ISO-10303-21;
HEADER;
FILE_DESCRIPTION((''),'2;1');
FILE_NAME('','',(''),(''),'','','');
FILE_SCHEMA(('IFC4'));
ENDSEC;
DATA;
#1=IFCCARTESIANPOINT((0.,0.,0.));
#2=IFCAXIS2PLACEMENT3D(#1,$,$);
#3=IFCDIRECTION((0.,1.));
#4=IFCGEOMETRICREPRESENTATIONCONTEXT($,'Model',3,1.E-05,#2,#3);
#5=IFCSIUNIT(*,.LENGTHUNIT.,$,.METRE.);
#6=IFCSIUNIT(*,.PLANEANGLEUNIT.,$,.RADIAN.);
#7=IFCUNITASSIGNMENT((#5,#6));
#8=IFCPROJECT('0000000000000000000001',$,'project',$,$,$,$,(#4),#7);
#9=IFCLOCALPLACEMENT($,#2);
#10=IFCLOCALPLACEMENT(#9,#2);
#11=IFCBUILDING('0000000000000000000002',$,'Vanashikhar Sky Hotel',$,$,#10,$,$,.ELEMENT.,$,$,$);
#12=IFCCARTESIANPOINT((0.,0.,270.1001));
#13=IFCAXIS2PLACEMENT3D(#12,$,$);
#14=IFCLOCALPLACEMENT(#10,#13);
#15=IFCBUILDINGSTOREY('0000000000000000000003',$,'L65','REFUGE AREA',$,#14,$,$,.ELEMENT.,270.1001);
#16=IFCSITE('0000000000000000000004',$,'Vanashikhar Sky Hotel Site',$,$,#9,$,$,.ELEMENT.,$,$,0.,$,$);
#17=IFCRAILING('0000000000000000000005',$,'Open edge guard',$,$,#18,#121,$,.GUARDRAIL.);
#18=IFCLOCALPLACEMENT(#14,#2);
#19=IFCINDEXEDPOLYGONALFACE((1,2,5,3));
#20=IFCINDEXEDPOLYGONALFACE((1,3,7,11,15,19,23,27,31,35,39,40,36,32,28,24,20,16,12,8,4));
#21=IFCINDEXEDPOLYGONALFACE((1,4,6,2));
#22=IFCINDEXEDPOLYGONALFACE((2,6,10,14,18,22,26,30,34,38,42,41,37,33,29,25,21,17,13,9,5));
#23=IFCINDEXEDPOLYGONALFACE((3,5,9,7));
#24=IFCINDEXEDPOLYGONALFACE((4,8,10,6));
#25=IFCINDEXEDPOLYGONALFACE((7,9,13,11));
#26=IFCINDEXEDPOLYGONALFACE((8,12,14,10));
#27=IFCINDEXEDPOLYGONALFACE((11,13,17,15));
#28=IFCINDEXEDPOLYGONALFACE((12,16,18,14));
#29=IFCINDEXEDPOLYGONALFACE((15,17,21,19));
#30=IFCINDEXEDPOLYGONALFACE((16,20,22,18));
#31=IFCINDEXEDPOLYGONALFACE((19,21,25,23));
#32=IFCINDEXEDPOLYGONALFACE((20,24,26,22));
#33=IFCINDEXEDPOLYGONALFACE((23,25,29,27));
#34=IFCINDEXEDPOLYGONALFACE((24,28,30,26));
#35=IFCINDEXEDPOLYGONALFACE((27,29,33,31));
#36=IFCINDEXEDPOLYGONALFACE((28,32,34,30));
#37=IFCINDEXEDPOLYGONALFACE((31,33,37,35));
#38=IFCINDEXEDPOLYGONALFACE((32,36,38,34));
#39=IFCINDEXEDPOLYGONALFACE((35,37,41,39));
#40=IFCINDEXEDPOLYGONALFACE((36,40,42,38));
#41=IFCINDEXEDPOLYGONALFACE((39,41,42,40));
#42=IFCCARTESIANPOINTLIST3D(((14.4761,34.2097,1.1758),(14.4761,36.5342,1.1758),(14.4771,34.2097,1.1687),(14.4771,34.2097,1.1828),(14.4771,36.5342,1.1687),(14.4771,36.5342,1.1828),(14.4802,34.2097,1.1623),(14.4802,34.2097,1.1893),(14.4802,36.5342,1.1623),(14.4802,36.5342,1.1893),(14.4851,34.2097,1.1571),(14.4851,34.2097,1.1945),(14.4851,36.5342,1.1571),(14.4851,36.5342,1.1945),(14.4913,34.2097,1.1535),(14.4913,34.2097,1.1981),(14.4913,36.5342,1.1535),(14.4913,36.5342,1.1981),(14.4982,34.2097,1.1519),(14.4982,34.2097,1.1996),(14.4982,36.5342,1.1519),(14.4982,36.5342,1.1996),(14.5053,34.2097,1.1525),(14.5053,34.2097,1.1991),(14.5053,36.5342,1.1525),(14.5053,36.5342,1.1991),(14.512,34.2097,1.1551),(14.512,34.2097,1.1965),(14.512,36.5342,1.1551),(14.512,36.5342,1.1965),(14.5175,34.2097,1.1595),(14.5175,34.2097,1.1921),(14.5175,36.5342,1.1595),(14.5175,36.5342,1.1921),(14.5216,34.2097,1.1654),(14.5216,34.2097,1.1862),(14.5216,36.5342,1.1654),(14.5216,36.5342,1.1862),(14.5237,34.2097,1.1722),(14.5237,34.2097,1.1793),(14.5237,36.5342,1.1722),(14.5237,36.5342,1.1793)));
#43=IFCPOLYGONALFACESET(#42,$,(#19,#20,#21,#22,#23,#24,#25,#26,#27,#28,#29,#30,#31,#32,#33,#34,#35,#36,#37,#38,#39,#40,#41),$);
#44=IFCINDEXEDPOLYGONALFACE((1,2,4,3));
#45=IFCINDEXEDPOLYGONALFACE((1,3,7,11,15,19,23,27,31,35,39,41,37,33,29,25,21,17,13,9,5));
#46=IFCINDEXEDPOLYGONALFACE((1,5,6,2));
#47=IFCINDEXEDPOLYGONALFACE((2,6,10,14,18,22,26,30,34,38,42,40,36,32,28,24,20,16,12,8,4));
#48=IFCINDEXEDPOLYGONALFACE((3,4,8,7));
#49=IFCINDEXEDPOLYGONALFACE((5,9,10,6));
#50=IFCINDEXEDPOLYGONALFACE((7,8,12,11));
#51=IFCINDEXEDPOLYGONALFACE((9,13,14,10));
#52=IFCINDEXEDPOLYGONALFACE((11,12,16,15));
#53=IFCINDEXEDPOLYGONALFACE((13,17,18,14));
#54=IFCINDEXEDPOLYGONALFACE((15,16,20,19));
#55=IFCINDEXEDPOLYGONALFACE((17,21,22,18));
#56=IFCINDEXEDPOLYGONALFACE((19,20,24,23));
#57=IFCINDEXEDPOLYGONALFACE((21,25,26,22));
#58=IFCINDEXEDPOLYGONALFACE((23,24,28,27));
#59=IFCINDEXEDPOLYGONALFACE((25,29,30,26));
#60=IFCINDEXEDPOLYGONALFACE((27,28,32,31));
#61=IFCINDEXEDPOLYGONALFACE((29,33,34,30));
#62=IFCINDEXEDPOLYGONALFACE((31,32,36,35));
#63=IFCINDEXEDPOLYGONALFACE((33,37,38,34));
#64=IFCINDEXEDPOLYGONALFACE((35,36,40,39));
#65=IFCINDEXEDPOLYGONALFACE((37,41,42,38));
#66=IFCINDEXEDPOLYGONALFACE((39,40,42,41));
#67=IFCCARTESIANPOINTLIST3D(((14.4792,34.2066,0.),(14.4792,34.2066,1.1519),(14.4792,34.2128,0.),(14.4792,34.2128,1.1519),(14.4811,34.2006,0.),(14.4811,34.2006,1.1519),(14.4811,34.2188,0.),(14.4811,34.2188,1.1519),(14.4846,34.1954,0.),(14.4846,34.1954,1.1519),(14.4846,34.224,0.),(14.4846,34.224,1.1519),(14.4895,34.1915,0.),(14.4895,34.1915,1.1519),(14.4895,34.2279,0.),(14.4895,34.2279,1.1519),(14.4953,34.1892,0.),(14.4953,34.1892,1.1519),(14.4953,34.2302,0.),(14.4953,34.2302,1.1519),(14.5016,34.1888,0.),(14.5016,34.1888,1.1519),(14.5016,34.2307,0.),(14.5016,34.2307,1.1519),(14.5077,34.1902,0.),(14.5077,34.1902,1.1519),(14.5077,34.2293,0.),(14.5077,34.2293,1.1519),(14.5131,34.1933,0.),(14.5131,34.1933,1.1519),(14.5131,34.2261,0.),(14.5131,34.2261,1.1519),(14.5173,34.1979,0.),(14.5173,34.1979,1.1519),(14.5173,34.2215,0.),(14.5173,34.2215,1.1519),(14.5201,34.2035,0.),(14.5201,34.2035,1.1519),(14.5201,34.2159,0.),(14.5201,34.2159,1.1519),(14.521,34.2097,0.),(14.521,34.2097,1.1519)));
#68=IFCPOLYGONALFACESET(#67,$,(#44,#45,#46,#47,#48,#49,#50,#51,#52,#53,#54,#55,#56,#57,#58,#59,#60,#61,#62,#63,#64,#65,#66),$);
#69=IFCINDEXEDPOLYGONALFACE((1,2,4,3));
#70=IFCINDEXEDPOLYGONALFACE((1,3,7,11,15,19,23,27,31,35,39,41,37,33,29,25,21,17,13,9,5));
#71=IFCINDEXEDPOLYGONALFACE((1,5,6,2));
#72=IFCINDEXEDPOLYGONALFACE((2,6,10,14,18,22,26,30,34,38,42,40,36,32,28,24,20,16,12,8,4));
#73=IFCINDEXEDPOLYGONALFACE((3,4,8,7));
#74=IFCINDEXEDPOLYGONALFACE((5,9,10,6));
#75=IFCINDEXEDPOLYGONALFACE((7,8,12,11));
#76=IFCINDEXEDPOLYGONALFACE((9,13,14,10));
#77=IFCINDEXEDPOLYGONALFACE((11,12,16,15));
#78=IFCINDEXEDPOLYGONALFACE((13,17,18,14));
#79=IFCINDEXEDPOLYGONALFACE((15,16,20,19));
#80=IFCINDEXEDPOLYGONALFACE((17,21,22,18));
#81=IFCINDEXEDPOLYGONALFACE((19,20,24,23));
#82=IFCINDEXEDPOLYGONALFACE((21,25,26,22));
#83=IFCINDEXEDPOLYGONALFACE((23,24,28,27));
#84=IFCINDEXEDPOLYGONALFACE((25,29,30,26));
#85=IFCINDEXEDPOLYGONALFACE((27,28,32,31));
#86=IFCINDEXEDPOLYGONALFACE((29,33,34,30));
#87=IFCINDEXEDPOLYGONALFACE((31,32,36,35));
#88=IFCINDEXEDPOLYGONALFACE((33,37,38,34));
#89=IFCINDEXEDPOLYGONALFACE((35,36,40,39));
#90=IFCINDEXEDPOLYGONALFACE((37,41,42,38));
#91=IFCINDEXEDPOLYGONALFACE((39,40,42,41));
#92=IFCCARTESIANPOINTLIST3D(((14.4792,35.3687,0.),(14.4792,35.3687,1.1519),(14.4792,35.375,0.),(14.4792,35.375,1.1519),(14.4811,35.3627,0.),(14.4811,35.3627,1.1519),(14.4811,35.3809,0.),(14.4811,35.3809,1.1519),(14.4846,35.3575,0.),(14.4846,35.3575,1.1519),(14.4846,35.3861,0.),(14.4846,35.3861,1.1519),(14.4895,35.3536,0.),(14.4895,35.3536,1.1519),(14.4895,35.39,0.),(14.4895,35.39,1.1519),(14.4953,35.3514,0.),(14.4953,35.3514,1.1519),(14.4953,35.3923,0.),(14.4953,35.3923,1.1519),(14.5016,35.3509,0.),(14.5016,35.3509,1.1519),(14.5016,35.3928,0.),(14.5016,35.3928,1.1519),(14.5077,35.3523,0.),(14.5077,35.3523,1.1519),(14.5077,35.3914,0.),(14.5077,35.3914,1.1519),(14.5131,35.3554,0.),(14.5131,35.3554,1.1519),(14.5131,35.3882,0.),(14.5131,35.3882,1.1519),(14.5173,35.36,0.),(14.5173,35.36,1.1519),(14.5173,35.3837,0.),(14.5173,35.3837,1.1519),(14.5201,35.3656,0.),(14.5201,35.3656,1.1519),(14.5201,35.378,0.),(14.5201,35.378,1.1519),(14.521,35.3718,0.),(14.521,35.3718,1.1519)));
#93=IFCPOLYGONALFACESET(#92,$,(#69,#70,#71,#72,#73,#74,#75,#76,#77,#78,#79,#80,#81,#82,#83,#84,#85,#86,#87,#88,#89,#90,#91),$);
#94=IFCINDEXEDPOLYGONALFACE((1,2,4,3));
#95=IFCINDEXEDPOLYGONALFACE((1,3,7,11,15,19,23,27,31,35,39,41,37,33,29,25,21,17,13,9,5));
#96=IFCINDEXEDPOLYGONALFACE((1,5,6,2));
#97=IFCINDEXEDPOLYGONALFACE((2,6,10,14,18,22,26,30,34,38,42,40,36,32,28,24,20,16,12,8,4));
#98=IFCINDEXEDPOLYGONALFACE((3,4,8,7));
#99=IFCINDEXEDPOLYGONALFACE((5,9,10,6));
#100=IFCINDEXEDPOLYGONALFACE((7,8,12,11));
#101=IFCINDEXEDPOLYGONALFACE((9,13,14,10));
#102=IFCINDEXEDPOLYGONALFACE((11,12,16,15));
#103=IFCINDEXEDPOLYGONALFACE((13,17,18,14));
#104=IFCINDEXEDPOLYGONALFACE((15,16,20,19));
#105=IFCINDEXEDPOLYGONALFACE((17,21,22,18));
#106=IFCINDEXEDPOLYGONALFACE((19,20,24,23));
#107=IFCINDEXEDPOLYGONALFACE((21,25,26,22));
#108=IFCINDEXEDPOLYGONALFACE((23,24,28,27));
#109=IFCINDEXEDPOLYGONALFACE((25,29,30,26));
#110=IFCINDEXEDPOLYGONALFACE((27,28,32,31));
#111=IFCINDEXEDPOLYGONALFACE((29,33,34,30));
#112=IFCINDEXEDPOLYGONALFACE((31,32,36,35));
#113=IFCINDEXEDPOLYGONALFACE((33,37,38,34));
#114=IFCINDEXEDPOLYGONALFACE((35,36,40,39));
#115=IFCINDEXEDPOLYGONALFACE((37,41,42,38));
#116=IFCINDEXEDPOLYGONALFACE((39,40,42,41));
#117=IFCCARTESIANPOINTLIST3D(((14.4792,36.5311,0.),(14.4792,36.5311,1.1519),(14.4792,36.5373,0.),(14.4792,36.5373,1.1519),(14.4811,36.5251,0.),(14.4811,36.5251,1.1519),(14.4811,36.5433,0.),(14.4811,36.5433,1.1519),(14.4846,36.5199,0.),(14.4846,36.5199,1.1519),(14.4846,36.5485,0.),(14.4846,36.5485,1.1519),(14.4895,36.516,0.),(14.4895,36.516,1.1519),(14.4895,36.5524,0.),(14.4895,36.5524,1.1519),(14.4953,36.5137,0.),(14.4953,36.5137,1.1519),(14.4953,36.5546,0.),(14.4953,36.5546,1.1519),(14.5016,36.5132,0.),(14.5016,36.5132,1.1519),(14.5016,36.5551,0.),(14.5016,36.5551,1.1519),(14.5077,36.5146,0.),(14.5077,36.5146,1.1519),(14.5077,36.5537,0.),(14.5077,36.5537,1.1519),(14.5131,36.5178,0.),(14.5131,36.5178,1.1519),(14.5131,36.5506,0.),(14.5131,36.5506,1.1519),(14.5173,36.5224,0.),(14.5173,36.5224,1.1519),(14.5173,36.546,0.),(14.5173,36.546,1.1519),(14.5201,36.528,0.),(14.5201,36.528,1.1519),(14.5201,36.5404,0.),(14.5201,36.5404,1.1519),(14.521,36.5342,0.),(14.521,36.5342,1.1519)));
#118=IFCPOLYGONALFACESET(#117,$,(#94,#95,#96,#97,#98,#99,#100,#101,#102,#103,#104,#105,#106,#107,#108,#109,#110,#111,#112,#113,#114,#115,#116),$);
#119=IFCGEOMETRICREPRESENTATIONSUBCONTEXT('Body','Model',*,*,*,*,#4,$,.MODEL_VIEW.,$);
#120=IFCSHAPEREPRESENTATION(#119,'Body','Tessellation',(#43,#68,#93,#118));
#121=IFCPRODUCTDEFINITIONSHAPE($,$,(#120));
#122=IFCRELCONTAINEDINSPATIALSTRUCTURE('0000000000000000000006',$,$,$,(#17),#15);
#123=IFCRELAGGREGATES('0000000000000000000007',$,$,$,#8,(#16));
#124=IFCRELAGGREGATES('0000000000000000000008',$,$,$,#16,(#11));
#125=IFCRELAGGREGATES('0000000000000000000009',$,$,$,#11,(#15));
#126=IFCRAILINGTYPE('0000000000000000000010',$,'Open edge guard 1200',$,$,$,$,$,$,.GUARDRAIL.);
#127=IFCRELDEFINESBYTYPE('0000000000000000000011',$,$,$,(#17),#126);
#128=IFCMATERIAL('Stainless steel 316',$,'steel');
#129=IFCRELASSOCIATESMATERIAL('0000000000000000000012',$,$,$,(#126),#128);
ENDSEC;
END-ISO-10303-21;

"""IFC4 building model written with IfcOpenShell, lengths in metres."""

from ifc_helpers import new_model, si_unit, direction, frame, origin, origin_2d, place, context, subcontext, project, spatial, circle, extrude, source, transform, mapped, material, type_object, element, save


model = new_model("IFC4")

# Units and contexts
model_context = context("Model", 3, precision=1e-05, world=origin(), true_north=direction((0.0, 1.0)))
body_context = subcontext(model_context, "Body", "Model", "MODEL_VIEW")
ifc_project = project(units=[si_unit("LENGTHUNIT", "METRE"), si_unit("PLANEANGLEUNIT", "RADIAN")], contexts=[model_context])

# Site, building, storey
site_placement = place(None, origin())
site = spatial("IfcSite", under=ifc_project, at=site_placement, Name="Vanashikhar Sky Hotel Site", CompositionType="ELEMENT", RefElevation=0.0)
building_placement = place(site_placement, origin())
building = spatial("IfcBuilding", under=site, at=building_placement, Name="Vanashikhar Sky Hotel", CompositionType="ELEMENT")
storey_placement = place(building_placement, frame((0.0, 0.0, 270.1001)))
storey = spatial("IfcBuildingStorey", under=building, at=storey_placement, Name="L65", Description="REFUGE AREA", CompositionType="ELEMENT", Elevation=270.1001)

# Railing
ifc_material_1 = material(Name="Stainless steel 316", Category="steel")
railing_type_1 = type_object("IfcRailingType", Name="Open edge guard 1200", PredefinedType="GUARDRAIL", material=ifc_material_1)
shared_shape_1 = source(origin(), body_context, "Body", "SweptSolid", [
    extrude(circle(Radius=0.0239, at=origin_2d()), frame((0.0, 0.0, 1.1758), z_axis=(0.0, 1.0, 0.0), x_axis=(-1.0, 0.0, 0.0)), (0.0, 0.0, 1.0), 2.3245),
    extrude(circle(Radius=0.021, at=origin_2d()), origin(), (0.0, 0.0, 1.0), 1.1519),
    extrude(circle(Radius=0.021, at=origin_2d()), frame((0.0, 1.1621, 0.0)), (0.0, 0.0, 1.0), 1.1519),
    extrude(circle(Radius=0.021, at=origin_2d()), frame((0.0, 2.3245, 0.0)), (0.0, 0.0, 1.0), 1.1519),
])
for number, where, name in (
    (1, (14.5, 34.2097, 0.0), "Open edge guard"),
):
    element("IfcRailing", number, at=place(storey_placement, frame(where)), inside=storey, type_object=railing_type_1, Name=name, PredefinedType="GUARDRAIL", context=body_context, shape_type="MappedRepresentation", body=[
        mapped(shared_shape_1, transform((0.0, 0.0, 0.0), scale=1.0)),
    ])

save(model, "model.ifc")
